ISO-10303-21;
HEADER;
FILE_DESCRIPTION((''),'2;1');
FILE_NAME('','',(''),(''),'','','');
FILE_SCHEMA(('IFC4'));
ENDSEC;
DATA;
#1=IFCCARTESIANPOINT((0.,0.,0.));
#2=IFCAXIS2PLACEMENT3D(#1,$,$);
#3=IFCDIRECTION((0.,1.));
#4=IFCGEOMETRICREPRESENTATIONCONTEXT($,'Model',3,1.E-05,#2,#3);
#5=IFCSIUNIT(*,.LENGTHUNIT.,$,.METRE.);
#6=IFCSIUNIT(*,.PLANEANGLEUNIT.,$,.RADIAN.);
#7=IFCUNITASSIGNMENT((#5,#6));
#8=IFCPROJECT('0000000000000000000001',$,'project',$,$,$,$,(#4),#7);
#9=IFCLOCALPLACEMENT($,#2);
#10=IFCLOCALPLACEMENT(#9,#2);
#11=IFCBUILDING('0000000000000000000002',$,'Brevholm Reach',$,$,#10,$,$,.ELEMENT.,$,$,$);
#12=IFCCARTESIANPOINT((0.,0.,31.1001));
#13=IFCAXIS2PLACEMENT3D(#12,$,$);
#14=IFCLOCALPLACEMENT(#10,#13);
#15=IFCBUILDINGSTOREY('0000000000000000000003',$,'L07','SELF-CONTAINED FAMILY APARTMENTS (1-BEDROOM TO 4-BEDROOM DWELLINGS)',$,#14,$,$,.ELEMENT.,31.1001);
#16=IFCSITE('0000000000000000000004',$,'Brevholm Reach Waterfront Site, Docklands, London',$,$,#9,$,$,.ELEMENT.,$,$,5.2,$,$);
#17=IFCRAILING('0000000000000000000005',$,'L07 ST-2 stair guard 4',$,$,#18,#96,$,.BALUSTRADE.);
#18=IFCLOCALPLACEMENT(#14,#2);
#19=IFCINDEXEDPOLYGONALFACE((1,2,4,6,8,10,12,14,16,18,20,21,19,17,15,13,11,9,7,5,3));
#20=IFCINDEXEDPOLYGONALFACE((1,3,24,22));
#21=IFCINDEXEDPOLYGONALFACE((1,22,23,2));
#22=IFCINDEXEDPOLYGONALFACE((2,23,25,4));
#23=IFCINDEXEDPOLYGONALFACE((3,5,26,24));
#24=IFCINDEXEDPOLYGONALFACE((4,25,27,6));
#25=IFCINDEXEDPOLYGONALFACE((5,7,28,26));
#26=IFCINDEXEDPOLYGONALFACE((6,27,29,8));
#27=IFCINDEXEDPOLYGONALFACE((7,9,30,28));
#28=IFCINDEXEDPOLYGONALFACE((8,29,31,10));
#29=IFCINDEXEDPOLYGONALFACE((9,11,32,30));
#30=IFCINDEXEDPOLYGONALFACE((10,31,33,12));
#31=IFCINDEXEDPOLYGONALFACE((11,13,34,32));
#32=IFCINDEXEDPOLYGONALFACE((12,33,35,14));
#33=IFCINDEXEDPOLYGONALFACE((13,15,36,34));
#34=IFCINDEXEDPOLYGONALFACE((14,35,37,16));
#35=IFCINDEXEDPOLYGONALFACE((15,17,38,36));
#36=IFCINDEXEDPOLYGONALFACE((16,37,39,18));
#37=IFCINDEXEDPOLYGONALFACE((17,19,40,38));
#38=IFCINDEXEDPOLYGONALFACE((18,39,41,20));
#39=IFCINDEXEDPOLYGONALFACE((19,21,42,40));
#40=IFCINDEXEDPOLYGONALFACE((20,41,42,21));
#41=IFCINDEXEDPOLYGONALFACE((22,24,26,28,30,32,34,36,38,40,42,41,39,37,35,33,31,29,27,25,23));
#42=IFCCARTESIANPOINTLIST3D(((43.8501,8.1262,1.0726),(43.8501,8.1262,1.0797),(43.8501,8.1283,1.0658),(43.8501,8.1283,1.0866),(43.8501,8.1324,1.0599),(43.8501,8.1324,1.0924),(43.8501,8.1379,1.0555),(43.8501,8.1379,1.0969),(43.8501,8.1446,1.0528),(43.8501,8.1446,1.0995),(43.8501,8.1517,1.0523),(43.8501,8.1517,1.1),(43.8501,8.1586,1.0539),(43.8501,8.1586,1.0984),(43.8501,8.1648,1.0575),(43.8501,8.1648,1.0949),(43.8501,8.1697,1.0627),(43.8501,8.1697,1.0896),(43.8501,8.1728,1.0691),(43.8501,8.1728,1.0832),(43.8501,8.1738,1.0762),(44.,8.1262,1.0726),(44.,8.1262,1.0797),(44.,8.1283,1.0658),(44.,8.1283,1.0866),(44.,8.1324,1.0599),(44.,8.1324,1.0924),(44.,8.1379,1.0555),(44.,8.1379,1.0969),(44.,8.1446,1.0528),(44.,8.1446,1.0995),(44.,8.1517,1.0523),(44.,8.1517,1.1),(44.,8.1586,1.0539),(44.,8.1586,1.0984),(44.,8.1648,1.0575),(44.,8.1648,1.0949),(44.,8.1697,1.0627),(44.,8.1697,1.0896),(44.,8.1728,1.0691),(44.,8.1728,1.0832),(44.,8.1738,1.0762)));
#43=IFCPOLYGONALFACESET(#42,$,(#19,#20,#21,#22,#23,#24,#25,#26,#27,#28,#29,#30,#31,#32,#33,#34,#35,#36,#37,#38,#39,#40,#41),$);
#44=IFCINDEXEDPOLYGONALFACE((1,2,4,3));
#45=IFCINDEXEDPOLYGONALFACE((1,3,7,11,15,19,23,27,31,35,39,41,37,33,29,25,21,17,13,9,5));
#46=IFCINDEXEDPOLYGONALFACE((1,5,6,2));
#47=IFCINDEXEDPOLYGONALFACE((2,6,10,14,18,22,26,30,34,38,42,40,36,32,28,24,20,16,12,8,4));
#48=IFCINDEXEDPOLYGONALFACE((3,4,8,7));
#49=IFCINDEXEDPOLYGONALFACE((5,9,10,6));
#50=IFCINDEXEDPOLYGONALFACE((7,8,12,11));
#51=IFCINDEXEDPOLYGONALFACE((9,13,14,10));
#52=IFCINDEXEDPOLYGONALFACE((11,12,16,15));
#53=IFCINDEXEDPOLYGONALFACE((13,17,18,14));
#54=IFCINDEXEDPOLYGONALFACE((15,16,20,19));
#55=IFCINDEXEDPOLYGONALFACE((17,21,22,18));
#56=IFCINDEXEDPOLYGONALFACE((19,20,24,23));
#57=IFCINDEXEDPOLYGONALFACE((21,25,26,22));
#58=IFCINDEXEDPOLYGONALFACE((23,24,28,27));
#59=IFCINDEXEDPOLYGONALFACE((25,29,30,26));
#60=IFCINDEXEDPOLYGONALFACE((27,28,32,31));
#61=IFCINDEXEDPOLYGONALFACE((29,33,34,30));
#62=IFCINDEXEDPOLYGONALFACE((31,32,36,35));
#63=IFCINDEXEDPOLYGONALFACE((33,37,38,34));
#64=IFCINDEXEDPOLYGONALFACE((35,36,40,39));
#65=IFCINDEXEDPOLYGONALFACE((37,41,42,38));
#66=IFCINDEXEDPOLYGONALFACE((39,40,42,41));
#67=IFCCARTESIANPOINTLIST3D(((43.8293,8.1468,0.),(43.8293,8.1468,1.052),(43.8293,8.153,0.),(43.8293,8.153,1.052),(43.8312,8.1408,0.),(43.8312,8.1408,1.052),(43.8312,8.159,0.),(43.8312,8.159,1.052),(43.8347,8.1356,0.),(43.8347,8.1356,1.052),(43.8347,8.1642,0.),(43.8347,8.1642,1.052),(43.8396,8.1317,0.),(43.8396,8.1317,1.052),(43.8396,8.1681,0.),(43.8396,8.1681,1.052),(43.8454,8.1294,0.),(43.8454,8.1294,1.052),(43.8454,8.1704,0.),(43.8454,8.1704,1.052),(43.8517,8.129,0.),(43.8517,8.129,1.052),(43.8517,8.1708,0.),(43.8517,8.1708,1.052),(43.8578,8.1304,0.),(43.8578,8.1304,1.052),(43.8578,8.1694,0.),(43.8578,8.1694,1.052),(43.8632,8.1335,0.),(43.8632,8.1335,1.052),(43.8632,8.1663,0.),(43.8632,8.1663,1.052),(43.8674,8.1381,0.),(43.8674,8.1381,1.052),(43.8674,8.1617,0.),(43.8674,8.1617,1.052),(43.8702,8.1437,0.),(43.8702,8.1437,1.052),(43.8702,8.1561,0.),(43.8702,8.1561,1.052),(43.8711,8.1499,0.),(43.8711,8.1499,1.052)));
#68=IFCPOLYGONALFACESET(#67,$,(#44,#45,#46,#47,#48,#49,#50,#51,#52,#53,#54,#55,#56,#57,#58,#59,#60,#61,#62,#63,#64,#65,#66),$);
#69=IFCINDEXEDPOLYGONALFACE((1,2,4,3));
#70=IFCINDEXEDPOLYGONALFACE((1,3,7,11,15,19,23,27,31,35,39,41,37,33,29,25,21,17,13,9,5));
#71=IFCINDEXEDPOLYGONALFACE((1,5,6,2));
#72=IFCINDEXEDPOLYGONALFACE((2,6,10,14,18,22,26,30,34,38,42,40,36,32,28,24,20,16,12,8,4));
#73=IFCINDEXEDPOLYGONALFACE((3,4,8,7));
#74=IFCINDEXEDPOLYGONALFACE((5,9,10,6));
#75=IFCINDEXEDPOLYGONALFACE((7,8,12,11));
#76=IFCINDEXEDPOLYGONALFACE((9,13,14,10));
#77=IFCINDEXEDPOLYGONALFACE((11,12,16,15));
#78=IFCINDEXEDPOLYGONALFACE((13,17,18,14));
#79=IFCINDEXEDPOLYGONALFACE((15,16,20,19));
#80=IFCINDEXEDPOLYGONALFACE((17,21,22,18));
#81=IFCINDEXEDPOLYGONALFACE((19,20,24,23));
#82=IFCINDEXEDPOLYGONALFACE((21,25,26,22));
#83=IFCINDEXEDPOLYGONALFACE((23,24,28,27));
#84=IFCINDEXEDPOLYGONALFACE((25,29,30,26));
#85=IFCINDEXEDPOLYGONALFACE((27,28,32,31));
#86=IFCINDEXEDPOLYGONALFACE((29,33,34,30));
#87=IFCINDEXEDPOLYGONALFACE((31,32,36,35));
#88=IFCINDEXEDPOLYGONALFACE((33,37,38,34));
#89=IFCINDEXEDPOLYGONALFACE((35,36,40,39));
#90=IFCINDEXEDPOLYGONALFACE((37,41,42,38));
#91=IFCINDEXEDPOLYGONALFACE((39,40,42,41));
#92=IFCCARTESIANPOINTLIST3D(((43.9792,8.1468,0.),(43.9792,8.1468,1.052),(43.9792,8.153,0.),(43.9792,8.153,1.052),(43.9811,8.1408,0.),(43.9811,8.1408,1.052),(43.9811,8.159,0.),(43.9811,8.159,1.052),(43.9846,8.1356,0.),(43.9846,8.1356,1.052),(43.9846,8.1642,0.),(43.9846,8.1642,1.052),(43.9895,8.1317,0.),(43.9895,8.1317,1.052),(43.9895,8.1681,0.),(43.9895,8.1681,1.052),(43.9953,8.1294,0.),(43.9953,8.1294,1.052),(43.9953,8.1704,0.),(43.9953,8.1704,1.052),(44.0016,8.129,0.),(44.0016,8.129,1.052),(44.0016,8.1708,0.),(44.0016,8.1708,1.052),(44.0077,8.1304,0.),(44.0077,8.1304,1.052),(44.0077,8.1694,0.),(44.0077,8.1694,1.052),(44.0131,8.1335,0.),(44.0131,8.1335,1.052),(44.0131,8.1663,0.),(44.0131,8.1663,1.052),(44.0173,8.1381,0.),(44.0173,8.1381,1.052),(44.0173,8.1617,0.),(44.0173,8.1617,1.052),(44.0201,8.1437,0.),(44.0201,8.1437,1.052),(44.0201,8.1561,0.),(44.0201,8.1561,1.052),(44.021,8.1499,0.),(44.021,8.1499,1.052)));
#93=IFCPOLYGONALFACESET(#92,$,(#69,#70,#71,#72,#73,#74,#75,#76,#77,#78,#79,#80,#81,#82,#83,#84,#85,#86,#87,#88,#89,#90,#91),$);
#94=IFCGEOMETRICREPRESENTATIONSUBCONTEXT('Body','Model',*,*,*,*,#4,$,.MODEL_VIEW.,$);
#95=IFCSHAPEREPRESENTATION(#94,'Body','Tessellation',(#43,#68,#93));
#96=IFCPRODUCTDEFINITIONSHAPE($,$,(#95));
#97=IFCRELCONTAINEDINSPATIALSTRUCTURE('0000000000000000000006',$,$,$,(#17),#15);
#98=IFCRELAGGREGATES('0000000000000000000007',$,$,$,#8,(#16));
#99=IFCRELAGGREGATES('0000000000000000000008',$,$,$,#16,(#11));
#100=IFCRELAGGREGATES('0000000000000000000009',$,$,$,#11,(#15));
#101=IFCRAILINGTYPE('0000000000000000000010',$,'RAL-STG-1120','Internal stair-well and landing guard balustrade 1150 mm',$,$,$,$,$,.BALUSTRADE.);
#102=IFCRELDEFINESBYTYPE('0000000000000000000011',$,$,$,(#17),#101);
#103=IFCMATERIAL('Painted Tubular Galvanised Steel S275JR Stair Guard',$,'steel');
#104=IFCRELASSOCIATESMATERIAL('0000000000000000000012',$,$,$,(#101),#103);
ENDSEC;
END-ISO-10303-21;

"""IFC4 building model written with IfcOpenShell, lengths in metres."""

from ifc_helpers import new_model, si_unit, direction, frame, origin, origin_2d, place, context, subcontext, project, spatial, circle, extrude, material, type_object, element, save


model = new_model("IFC4")

# Units and contexts
model_context = context("Model", 3, precision=1e-05, world=origin(), true_north=direction((0.0, 1.0)))
body_context = subcontext(model_context, "Body", "Model", "MODEL_VIEW")
ifc_project = project(units=[si_unit("LENGTHUNIT", "METRE"), si_unit("PLANEANGLEUNIT", "RADIAN")], contexts=[model_context])

# Site, building, storey
site_placement = place(None, origin())
site = spatial("IfcSite", under=ifc_project, at=site_placement, Name="Brevholm Reach Waterfront Site, Docklands, London", CompositionType="ELEMENT", RefElevation=5.2)
building_placement = place(site_placement, origin())
building = spatial("IfcBuilding", under=site, at=building_placement, Name="Brevholm Reach", CompositionType="ELEMENT")
storey_placement = place(building_placement, frame((0.0, 0.0, 31.1001)))
storey = spatial("IfcBuildingStorey", under=building, at=storey_placement, Name="L07", Description="SELF-CONTAINED FAMILY APARTMENTS (1-BEDROOM TO 4-BEDROOM DWELLINGS)", CompositionType="ELEMENT", Elevation=31.1001)

# Railing
ifc_material_1 = material(Name="Painted Tubular Galvanised Steel S275JR Stair Guard", Category="steel")
railing_type = type_object("IfcRailingType", Name="RAL-STG-1120", Description="Internal stair-well and landing guard balustrade 1150 mm", PredefinedType="BALUSTRADE", material=ifc_material_1)
railing_1_placement = place(storey_placement, frame((43.8501, 8.1499, 0.0)))
element("IfcRailing", 1, at=railing_1_placement, inside=storey, type_object=railing_type, Name="L07 ST-2 stair guard 4", PredefinedType="BALUSTRADE", context=body_context, shape_type="SweptSolid", body=[
    extrude(circle(Radius=0.0239, at=origin_2d()), frame((0.0, 0.0, 1.0762), z_axis=(1.0, 0.0, 0.0), x_axis=(0.0, 1.0, 0.0)), (0.0, 0.0, 1.0), 0.1499),
    extrude(circle(Radius=0.021, at=origin_2d()), origin(), (0.0, 0.0, 1.0), 1.052),
    extrude(circle(Radius=0.021, at=origin_2d()), frame((0.1499, 0.0, 0.0)), (0.0, 0.0, 1.0), 1.052),
])

save(model, "model.ifc")
